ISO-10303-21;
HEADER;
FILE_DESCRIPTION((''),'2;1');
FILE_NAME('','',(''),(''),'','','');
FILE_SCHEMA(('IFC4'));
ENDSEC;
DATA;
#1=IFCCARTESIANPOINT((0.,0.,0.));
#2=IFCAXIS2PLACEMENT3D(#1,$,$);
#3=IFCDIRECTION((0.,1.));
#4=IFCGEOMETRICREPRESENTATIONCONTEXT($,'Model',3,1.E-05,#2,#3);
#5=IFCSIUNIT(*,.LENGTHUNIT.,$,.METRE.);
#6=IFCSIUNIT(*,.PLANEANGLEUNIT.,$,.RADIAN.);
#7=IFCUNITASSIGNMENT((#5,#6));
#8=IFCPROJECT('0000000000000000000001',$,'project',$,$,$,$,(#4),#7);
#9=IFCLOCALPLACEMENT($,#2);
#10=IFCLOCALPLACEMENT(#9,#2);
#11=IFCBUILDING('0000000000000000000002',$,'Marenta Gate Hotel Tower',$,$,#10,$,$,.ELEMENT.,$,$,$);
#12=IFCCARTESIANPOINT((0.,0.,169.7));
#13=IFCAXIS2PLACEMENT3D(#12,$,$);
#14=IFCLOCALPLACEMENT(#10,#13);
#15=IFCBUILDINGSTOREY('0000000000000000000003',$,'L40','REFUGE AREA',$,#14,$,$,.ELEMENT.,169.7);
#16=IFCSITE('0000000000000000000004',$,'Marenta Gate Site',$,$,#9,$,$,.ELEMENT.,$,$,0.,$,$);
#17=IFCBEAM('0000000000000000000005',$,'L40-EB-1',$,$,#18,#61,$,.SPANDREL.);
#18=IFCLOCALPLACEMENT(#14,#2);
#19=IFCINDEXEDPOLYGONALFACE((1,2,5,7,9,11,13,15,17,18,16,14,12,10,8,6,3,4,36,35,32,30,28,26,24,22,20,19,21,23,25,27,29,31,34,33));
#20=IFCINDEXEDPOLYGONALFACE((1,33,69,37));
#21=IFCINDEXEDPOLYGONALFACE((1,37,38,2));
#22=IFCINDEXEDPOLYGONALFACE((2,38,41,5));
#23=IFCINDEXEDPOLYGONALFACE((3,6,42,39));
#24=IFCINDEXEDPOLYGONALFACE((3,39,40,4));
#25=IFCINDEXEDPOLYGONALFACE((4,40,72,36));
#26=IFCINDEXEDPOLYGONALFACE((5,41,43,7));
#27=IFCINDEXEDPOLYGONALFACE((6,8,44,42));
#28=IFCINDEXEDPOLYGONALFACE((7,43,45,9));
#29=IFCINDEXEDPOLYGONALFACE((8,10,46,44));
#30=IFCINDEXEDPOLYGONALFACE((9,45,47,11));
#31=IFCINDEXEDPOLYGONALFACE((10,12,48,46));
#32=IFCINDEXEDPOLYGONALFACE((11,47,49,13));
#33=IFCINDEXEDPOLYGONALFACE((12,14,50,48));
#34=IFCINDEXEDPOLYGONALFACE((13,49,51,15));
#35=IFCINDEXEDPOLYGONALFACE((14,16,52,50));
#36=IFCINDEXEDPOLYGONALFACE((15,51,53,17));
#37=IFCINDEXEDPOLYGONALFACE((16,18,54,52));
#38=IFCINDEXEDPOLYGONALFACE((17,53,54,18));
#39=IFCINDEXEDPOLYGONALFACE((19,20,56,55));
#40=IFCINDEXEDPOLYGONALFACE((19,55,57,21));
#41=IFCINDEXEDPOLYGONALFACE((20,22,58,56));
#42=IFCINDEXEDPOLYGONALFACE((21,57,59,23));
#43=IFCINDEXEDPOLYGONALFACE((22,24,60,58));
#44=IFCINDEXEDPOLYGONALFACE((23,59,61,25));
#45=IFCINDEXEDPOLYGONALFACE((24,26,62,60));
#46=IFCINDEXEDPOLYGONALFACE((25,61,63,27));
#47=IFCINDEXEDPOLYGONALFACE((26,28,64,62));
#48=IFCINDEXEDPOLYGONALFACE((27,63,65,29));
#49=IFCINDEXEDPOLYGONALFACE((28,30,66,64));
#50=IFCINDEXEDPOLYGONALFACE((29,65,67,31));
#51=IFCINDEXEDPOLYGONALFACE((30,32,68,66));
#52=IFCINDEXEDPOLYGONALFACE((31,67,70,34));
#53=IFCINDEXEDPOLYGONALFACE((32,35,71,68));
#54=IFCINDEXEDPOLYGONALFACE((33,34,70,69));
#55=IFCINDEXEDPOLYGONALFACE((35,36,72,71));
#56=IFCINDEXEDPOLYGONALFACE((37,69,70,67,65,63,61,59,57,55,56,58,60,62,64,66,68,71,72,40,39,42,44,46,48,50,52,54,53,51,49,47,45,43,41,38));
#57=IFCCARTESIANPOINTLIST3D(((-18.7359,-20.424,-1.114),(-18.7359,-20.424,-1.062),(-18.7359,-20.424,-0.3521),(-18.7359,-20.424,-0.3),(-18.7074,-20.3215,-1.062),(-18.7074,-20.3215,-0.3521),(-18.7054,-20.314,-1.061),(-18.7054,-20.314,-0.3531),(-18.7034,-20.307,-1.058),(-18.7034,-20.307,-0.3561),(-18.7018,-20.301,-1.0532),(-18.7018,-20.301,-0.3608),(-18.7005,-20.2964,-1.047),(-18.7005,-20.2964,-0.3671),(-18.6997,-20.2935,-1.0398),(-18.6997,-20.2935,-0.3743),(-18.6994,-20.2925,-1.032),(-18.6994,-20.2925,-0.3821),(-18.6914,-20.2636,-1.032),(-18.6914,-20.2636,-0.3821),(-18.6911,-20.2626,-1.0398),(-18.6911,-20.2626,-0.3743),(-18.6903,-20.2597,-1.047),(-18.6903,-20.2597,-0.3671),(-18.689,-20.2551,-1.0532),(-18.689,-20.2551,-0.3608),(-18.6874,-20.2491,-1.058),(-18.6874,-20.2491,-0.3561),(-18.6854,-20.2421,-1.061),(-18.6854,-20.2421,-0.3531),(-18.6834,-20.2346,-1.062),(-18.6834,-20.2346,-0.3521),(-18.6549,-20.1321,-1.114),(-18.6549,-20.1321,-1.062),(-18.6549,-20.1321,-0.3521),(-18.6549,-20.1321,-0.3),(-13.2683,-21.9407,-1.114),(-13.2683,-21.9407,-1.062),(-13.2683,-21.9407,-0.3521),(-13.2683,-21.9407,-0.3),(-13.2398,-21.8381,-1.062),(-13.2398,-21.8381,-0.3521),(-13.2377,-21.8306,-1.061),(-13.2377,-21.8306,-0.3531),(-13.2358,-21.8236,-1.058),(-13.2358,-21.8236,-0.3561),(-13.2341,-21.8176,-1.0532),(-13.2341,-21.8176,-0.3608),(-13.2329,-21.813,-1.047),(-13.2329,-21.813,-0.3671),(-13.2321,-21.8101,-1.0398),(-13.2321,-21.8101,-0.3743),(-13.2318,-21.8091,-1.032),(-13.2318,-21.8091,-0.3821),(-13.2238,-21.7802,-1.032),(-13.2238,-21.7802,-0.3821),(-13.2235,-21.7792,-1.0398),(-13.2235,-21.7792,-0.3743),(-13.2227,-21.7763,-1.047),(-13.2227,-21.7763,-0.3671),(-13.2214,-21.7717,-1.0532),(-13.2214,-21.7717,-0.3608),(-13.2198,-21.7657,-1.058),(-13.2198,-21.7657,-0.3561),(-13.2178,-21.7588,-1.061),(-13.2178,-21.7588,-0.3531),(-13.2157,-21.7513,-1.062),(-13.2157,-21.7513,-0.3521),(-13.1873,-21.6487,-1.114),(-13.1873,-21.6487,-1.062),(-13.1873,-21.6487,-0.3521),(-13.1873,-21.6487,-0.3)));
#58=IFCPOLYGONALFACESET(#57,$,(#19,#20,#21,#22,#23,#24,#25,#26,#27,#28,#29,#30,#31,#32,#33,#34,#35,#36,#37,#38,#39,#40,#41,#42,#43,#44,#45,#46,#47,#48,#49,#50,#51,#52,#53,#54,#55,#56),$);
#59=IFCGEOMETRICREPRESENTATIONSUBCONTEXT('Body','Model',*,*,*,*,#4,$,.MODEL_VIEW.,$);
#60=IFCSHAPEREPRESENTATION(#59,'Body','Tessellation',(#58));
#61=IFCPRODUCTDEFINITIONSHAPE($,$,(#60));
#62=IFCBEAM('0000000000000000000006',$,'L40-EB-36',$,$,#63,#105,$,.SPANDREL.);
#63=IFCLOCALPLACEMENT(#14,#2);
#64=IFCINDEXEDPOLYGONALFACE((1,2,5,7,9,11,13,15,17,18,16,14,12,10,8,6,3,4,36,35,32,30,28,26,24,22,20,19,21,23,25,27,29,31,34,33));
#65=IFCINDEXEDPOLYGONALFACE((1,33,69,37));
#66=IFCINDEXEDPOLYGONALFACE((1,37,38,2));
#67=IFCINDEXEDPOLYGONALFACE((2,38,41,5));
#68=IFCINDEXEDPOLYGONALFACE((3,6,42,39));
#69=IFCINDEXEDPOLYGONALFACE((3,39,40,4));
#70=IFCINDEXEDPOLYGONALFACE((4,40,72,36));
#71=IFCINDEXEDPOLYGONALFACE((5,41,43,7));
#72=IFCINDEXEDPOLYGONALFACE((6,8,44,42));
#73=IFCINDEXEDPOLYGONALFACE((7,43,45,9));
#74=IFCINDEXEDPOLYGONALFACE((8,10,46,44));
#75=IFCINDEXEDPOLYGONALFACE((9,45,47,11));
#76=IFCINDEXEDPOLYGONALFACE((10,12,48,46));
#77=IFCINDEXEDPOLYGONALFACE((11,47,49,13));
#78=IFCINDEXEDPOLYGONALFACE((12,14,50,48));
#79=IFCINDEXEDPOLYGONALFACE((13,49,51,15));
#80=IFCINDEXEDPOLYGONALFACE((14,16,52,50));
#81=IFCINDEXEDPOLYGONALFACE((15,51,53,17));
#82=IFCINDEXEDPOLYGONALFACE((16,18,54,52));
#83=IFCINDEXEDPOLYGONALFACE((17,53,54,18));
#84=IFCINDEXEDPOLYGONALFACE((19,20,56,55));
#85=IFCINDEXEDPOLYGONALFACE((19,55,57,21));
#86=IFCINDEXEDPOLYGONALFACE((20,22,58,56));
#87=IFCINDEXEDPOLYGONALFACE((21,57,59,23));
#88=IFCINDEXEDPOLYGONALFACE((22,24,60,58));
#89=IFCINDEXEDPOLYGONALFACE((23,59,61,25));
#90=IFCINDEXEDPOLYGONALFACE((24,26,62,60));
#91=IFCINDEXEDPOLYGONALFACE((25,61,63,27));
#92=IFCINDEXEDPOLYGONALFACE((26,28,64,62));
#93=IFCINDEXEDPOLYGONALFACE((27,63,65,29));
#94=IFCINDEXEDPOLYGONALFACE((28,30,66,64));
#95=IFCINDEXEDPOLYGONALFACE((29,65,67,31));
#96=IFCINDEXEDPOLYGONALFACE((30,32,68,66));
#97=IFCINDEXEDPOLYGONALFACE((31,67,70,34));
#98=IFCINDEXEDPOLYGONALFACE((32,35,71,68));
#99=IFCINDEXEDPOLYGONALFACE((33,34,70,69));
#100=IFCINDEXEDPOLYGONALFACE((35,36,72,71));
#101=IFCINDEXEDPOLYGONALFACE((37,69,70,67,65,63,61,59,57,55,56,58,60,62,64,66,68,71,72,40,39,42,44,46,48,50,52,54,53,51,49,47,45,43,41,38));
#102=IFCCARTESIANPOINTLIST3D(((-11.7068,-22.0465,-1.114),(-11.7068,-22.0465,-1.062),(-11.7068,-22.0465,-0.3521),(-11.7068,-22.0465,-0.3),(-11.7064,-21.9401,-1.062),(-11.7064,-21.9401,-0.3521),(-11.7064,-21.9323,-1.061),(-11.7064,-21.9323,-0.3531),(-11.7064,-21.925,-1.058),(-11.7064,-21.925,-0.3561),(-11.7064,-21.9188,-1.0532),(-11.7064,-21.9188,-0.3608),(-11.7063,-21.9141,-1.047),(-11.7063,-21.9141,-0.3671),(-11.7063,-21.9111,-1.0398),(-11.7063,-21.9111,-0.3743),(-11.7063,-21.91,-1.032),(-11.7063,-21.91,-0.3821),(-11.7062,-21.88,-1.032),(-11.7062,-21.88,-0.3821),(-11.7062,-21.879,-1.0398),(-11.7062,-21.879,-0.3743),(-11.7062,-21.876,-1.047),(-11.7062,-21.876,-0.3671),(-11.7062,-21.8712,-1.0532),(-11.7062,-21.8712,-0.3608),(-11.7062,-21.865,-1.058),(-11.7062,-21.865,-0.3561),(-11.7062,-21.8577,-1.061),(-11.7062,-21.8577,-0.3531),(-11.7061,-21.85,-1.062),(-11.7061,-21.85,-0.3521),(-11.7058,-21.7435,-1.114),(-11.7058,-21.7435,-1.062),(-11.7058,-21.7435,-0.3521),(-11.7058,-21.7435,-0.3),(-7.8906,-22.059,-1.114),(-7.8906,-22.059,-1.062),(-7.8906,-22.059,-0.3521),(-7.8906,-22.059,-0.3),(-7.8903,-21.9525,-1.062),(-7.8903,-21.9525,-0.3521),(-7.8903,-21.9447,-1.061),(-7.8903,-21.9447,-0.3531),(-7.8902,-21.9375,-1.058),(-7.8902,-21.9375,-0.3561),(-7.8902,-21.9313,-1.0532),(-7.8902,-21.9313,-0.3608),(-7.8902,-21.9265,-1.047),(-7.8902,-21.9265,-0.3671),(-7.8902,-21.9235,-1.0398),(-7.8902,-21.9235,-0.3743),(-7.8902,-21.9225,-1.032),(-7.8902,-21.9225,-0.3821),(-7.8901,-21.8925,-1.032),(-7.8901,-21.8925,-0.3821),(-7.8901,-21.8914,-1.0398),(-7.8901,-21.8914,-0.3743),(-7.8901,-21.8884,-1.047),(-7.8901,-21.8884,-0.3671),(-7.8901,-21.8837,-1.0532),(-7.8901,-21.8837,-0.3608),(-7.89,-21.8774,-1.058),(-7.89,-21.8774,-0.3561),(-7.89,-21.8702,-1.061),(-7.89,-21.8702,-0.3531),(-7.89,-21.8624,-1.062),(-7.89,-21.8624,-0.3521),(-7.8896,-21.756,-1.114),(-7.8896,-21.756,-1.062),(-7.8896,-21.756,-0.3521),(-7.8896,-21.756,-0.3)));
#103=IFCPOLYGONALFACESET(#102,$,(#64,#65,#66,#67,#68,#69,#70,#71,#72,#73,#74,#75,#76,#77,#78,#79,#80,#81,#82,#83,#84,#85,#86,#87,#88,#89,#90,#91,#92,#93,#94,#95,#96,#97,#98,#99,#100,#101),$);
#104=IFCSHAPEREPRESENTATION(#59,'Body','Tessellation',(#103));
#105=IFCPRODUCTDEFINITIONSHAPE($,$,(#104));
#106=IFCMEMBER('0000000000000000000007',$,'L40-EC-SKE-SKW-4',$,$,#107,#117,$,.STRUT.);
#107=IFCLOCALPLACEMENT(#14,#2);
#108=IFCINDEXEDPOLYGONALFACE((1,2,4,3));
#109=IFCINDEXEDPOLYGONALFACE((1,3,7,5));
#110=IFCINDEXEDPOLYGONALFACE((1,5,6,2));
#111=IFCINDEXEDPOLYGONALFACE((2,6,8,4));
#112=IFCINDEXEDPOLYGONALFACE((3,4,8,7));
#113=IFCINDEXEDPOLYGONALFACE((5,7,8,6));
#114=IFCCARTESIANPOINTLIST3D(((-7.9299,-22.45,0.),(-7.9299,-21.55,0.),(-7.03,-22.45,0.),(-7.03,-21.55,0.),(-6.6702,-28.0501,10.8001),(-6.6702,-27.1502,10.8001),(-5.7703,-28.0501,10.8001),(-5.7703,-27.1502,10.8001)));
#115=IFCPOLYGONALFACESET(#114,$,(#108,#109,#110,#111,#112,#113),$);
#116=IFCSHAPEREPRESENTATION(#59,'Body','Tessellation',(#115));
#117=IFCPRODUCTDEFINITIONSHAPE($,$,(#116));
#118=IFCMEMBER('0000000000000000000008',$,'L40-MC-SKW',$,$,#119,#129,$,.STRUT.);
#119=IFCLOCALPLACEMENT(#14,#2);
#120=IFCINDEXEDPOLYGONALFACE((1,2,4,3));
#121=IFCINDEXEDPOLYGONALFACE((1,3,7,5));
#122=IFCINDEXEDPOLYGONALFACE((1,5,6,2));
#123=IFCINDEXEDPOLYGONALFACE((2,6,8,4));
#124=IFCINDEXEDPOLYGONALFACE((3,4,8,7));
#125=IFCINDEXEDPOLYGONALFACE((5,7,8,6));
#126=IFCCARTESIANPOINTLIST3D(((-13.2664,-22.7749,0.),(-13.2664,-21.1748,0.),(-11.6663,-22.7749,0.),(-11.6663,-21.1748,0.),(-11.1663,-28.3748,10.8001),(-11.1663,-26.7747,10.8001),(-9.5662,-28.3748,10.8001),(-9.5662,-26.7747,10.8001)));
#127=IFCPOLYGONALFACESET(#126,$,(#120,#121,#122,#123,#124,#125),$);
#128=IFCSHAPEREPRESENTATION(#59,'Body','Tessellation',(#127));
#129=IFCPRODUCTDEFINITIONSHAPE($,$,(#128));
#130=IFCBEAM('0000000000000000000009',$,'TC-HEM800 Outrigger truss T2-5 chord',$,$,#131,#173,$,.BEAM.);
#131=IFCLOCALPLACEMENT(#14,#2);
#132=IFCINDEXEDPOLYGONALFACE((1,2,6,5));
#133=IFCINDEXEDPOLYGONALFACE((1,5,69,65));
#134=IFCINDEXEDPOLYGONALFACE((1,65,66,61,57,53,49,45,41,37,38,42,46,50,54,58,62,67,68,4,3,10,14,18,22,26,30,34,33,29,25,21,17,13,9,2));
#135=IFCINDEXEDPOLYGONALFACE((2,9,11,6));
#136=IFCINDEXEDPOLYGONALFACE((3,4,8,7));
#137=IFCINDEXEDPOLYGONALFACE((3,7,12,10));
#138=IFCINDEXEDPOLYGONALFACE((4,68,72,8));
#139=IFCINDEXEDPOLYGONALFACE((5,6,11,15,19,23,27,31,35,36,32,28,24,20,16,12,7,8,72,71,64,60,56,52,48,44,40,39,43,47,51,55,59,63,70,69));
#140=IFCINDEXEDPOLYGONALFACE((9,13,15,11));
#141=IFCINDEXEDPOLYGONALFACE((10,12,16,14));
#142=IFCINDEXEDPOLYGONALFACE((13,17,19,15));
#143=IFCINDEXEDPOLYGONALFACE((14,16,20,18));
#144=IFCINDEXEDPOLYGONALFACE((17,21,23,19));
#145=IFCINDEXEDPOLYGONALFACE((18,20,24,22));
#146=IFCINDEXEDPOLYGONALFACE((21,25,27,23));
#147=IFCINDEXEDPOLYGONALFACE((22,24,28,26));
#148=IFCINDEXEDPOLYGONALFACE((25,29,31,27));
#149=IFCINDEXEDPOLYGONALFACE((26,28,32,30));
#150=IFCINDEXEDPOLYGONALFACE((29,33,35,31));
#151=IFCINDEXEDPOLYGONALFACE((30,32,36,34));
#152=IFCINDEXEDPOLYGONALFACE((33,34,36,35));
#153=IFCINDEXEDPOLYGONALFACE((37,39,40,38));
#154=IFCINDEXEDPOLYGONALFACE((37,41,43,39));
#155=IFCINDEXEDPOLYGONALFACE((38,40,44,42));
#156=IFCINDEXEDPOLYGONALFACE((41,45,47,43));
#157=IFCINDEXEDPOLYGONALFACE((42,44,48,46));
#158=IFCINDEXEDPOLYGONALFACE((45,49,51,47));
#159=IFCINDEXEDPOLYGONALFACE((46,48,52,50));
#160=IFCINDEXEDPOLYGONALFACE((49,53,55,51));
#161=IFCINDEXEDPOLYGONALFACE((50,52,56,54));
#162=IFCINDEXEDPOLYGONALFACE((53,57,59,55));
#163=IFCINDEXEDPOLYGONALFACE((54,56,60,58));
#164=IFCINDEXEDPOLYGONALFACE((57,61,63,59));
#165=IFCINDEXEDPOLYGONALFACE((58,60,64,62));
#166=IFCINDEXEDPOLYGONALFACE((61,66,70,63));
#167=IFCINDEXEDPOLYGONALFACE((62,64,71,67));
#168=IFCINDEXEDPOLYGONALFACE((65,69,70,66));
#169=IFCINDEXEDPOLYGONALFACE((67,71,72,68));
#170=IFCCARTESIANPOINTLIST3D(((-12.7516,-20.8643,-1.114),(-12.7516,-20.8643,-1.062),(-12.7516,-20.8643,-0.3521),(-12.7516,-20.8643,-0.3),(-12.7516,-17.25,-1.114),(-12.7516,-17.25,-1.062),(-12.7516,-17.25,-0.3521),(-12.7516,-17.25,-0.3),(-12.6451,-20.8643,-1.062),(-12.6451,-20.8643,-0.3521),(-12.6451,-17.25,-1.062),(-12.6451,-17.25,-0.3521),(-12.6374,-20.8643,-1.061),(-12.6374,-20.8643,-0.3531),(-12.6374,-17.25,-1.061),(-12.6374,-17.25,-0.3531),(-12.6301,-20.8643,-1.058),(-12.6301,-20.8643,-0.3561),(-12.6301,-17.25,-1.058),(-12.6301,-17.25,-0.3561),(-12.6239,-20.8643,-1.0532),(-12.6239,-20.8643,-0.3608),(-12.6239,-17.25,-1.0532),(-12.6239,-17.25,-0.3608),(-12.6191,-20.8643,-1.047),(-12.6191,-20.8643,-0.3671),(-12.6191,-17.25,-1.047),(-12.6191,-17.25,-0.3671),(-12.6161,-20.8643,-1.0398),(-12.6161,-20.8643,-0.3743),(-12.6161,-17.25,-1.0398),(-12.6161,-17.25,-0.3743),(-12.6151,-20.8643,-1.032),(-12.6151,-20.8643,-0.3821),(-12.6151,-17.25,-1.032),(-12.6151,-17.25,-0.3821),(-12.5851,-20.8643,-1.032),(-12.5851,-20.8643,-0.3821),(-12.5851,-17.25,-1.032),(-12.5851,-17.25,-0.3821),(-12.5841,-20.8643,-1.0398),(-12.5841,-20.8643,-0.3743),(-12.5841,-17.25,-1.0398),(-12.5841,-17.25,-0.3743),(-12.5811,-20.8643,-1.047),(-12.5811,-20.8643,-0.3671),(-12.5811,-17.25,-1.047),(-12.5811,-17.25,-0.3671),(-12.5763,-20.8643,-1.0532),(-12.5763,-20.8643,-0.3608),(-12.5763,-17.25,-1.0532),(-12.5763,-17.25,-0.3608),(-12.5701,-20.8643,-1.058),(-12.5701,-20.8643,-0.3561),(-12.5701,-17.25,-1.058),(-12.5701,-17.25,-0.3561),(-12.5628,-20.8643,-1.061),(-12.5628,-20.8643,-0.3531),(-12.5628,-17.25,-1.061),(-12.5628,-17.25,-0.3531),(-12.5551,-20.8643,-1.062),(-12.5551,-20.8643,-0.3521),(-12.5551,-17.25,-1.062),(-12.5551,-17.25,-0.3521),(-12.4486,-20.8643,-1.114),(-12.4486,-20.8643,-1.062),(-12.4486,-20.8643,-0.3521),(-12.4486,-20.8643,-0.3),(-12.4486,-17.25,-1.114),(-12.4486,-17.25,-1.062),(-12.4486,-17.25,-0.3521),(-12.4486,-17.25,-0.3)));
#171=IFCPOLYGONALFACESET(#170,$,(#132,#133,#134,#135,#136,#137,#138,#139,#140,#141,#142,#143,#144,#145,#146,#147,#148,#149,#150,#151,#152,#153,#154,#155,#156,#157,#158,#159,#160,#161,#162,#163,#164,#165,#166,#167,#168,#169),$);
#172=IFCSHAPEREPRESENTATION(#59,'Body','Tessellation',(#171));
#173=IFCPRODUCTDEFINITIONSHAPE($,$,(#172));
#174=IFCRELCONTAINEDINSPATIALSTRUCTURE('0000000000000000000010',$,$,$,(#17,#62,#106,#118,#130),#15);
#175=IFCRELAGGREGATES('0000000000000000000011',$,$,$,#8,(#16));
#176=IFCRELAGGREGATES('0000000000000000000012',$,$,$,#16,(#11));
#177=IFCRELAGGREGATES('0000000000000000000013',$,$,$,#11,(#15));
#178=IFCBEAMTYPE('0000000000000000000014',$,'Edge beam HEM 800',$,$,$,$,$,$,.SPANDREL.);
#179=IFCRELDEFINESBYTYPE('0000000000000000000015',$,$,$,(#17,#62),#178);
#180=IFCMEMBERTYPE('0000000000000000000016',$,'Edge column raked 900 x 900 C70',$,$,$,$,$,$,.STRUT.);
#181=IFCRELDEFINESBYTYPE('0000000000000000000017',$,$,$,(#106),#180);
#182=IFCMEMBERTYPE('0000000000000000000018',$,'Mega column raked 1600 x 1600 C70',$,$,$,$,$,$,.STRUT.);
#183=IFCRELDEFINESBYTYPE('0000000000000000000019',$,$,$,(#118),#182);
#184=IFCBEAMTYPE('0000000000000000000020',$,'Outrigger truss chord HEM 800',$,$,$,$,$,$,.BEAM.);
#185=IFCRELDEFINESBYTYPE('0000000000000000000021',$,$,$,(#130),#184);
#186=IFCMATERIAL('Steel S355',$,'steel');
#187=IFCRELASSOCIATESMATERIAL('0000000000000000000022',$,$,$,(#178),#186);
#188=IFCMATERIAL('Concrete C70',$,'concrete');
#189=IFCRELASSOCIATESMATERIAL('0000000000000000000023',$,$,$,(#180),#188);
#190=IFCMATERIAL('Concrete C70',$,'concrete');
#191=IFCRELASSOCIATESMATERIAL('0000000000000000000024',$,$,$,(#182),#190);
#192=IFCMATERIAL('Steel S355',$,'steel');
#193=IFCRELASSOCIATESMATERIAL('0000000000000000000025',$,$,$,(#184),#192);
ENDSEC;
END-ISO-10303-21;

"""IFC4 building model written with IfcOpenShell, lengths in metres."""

from ifc_helpers import new_model, si_unit, direction, frame, origin, origin_2d, place, context, subcontext, project, spatial, rectangle, i_section, extrude, material, material_profile, profile_set, type_object, element, save


model = new_model("IFC4")

# Units and contexts
model_context = context("Model", 3, precision=1e-05, world=origin(), true_north=direction((0.0, 1.0)))
body_context = subcontext(model_context, "Body", "Model", "MODEL_VIEW")
ifc_project = project(units=[si_unit("LENGTHUNIT", "METRE"), si_unit("PLANEANGLEUNIT", "RADIAN")], contexts=[model_context])

# Site, building, storey
site_placement = place(None, origin())
site = spatial("IfcSite", under=ifc_project, at=site_placement, Name="Marenta Gate Site", CompositionType="ELEMENT", RefElevation=0.0)
building_placement = place(site_placement, origin())
building = spatial("IfcBuilding", under=site, at=building_placement, Name="Marenta Gate Hotel Tower", CompositionType="ELEMENT")
storey_placement = place(building_placement, frame((0.0, 0.0, 169.7)))
storey = spatial("IfcBuildingStorey", under=building, at=storey_placement, Name="L40", Description="REFUGE AREA", CompositionType="ELEMENT", Elevation=169.7)

# Beams
ifc_material_1 = material(Name="Steel S355", Category="steel")
ifc_material_profile_1 = material_profile(ifc_material_1, i_section(OverallWidth=0.303, OverallDepth=0.814, WebThickness=0.03, FlangeThickness=0.052, FilletRadius=0.03, at=origin_2d()), Name="HEM 800")
ifc_profile_set_1 = profile_set([ifc_material_profile_1], Name="Steel S355")
beam_type_1 = type_object("IfcBeamType", Name="Edge beam HEM 800", PredefinedType="SPANDREL", material=ifc_profile_set_1)
beam_1_placement = place(storey_placement, frame((-13.2278, -21.7947, -0.707), z_axis=(-0.963616, 0.267291, 0.0), x_axis=(-0.267291, -0.963616, 0.0)))
element("IfcBeam", 1, at=beam_1_placement, inside=storey, type_object=beam_type_1, Name="L40-EB-1", PredefinedType="SPANDREL", context=body_context, shape_type="SweptSolid", body=[
    extrude(i_section(OverallWidth=0.303, OverallDepth=0.814, WebThickness=0.03, FlangeThickness=0.052, FilletRadius=0.03, at=origin_2d()), origin(), (0.0, 0.0, 1.0), 5.6741),
])
beam_2_placement = place(storey_placement, frame((-7.8901, -21.9075, -0.707), z_axis=(-0.999995, 0.003263, 0.0), x_axis=(-0.003263, -0.999995, 0.0)))
element("IfcBeam", 2, at=beam_2_placement, inside=storey, type_object=beam_type_1, Name="L40-EB-36", PredefinedType="SPANDREL", context=body_context, shape_type="SweptSolid", body=[
    extrude(i_section(OverallWidth=0.303, OverallDepth=0.814, WebThickness=0.03, FlangeThickness=0.052, FilletRadius=0.03, at=origin_2d()), origin(), (0.0, 0.0, 1.0), 3.8162),
])

# Members
ifc_material_2 = material(Name="Concrete C70", Category="concrete")
ifc_material_profile_2 = material_profile(ifc_material_2, rectangle(XDim=0.8999, YDim=0.8999, at=origin_2d()), Name="900 x 900")
ifc_profile_set_2 = profile_set([ifc_material_profile_2], Name="Concrete C70")
member_type_1 = type_object("IfcMemberType", Name="Edge column raked 900 x 900 C70", PredefinedType="STRUT", material=ifc_profile_set_2)
member_1_placement = place(storey_placement, frame((-7.48, -22.0, 0.0), z_axis=(0.0, 0.0, 1.0), x_axis=(1.0, 0.0, 0.0)))
element("IfcMember", 3, at=member_1_placement, inside=storey, type_object=member_type_1, Name="L40-EC-SKE-SKW-4", PredefinedType="STRUT", context=body_context, shape_type="SweptSolid", body=[
    extrude(rectangle(XDim=0.8999, YDim=0.8999, at=origin_2d()), origin(), (0.103001, -0.457874, 0.88303), 12.2307),
])
ifc_material_3 = material(Name="Concrete C70", Category="concrete")
ifc_material_profile_3 = material_profile(ifc_material_3, rectangle(XDim=1.6001, YDim=1.6001, at=origin_2d()), Name="1600 x 1600")
ifc_profile_set_3 = profile_set([ifc_material_profile_3], Name="Concrete C70")
member_type_2 = type_object("IfcMemberType", Name="Mega column raked 1600 x 1600 C70", PredefinedType="STRUT", material=ifc_profile_set_3)
member_2_placement = place(storey_placement, frame((-12.4663, -21.9749, 0.0), z_axis=(0.0, 0.0, 1.0), x_axis=(1.0, 0.0, 0.0)))
element("IfcMember", 4, at=member_2_placement, inside=storey, type_object=member_type_2, Name="L40-MC-SKW", PredefinedType="STRUT", context=body_context, shape_type="SweptSolid", body=[
    extrude(rectangle(XDim=1.6001, YDim=1.6001, at=origin_2d()), origin(), (0.170111, -0.453597, 0.874821), 12.3455),
])

# Beam
ifc_material_4 = material(Name="Steel S355", Category="steel")
ifc_material_profile_4 = material_profile(ifc_material_4, i_section(OverallWidth=0.303, OverallDepth=0.814, WebThickness=0.03, FlangeThickness=0.052, FilletRadius=0.03, at=origin_2d()), Name="HEM 800")
ifc_profile_set_4 = profile_set([ifc_material_profile_4], Name="Steel S355")
beam_type_2 = type_object("IfcBeamType", Name="Outrigger truss chord HEM 800", PredefinedType="BEAM", material=ifc_profile_set_4)
for number, where, z_axis, x_axis, name in (
    (5, (-12.6001, -17.25, -0.707), (0.0, -1.0, 0.0), (1.0, 0.0, 0.0), "TC-HEM800 Outrigger truss T2-5 chord"),
):
    element("IfcBeam", number, at=place(storey_placement, frame(where, z_axis=z_axis, x_axis=x_axis)), inside=storey, type_object=beam_type_2, Name=name, PredefinedType="BEAM", context=body_context, shape_type="SweptSolid", body=[
        extrude(i_section(OverallWidth=0.303, OverallDepth=0.814, WebThickness=0.03, FlangeThickness=0.052, FilletRadius=0.03, at=origin_2d()), origin(), (0.0, 0.0, 1.0), 3.6143),
    ])

save(model, "model.ifc")
